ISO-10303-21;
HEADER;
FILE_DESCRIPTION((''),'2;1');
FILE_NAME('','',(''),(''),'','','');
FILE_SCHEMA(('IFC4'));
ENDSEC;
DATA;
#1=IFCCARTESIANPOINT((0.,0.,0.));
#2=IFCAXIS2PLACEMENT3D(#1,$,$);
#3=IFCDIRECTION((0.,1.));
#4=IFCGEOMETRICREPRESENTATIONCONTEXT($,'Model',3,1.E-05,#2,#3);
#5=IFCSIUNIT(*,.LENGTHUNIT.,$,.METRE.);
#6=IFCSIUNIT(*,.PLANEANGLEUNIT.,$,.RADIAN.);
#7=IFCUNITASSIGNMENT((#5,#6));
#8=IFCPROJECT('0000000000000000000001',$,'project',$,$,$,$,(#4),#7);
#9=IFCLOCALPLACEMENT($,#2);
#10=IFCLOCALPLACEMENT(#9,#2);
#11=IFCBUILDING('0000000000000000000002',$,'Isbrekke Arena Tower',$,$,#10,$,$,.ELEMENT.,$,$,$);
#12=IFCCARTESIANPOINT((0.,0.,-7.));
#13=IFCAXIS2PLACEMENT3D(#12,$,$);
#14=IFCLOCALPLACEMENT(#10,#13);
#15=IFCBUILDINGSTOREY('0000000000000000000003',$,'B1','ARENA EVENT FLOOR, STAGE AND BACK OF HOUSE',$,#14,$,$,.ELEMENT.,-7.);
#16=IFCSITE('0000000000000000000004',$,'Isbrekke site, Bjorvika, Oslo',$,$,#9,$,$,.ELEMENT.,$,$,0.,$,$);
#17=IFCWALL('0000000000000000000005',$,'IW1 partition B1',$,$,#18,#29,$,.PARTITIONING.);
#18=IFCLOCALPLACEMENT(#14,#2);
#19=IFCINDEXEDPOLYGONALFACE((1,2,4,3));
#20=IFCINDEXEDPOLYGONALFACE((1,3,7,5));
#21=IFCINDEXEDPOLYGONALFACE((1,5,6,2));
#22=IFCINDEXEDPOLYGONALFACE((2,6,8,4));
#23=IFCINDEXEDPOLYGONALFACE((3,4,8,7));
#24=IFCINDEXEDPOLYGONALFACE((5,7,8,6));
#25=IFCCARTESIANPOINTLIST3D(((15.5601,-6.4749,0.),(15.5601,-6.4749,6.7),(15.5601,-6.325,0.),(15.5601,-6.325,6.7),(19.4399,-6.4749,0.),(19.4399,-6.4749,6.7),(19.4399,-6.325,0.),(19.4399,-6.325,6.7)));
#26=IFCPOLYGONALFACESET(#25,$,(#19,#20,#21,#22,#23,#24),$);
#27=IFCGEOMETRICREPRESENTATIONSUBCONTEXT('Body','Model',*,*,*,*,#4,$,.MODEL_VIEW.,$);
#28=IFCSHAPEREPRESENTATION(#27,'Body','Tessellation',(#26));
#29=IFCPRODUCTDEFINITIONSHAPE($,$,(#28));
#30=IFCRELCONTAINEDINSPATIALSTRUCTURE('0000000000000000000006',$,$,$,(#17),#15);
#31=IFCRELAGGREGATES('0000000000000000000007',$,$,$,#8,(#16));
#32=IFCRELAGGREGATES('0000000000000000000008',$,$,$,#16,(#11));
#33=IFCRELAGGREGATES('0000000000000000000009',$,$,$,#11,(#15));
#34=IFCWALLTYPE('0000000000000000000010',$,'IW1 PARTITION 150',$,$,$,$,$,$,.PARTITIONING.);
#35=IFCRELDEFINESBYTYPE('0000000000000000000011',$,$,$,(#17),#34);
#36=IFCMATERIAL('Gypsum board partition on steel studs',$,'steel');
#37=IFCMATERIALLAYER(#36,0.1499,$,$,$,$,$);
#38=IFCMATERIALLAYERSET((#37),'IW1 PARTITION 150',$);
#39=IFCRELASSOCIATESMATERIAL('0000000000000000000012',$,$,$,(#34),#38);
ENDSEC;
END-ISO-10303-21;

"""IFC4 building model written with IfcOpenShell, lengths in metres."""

from ifc_helpers import new_model, si_unit, direction, frame, frame_2d, origin, place, context, subcontext, project, spatial, rectangle, extrude, material, layer, layer_set, type_object, element, save


model = new_model("IFC4")

# Units and contexts
model_context = context("Model", 3, precision=1e-05, world=origin(), true_north=direction((0.0, 1.0)))
body_context = subcontext(model_context, "Body", "Model", "MODEL_VIEW")
ifc_project = project(units=[si_unit("LENGTHUNIT", "METRE"), si_unit("PLANEANGLEUNIT", "RADIAN")], contexts=[model_context])

# Site, building, storey
site_placement = place(None, origin())
site = spatial("IfcSite", under=ifc_project, at=site_placement, Name="Isbrekke site, Bjorvika, Oslo", CompositionType="ELEMENT", RefElevation=0.0)
building_placement = place(site_placement, origin())
building = spatial("IfcBuilding", under=site, at=building_placement, Name="Isbrekke Arena Tower", CompositionType="ELEMENT")
storey_placement = place(building_placement, frame((0.0, 0.0, -7.0)))
storey = spatial("IfcBuildingStorey", under=building, at=storey_placement, Name="B1", Description="ARENA EVENT FLOOR, STAGE AND BACK OF HOUSE", CompositionType="ELEMENT", Elevation=-7.0)

# Shared definitions
ifc_material_1 = material(Name="Gypsum board partition on steel studs", Category="steel")
ifc_layer_1 = layer(ifc_material_1, 0.1499)
ifc_layer_set_1 = layer_set([ifc_layer_1], Name="IW1 PARTITION 150")
wall_type_1 = type_object("IfcWallType", Name="IW1 PARTITION 150", PredefinedType="PARTITIONING", material=ifc_layer_set_1)

# Wall
wall_1_placement = place(storey_placement, frame((15.5601, -6.3999, 0.0), z_axis=(0.0, 0.0, 1.0), x_axis=(1.0, 0.0, 0.0)))
element("IfcWall", 1, at=wall_1_placement, inside=storey, type_object=wall_type_1, Name="IW1 partition B1", PredefinedType="PARTITIONING", context=body_context, shape_type="SweptSolid", body=[
    extrude(rectangle(XDim=3.8799, YDim=0.1499, at=frame_2d((1.9399, 0.0))), origin(), (0.0, 0.0, 1.0), 6.7),
])

save(model, "model.ifc")
